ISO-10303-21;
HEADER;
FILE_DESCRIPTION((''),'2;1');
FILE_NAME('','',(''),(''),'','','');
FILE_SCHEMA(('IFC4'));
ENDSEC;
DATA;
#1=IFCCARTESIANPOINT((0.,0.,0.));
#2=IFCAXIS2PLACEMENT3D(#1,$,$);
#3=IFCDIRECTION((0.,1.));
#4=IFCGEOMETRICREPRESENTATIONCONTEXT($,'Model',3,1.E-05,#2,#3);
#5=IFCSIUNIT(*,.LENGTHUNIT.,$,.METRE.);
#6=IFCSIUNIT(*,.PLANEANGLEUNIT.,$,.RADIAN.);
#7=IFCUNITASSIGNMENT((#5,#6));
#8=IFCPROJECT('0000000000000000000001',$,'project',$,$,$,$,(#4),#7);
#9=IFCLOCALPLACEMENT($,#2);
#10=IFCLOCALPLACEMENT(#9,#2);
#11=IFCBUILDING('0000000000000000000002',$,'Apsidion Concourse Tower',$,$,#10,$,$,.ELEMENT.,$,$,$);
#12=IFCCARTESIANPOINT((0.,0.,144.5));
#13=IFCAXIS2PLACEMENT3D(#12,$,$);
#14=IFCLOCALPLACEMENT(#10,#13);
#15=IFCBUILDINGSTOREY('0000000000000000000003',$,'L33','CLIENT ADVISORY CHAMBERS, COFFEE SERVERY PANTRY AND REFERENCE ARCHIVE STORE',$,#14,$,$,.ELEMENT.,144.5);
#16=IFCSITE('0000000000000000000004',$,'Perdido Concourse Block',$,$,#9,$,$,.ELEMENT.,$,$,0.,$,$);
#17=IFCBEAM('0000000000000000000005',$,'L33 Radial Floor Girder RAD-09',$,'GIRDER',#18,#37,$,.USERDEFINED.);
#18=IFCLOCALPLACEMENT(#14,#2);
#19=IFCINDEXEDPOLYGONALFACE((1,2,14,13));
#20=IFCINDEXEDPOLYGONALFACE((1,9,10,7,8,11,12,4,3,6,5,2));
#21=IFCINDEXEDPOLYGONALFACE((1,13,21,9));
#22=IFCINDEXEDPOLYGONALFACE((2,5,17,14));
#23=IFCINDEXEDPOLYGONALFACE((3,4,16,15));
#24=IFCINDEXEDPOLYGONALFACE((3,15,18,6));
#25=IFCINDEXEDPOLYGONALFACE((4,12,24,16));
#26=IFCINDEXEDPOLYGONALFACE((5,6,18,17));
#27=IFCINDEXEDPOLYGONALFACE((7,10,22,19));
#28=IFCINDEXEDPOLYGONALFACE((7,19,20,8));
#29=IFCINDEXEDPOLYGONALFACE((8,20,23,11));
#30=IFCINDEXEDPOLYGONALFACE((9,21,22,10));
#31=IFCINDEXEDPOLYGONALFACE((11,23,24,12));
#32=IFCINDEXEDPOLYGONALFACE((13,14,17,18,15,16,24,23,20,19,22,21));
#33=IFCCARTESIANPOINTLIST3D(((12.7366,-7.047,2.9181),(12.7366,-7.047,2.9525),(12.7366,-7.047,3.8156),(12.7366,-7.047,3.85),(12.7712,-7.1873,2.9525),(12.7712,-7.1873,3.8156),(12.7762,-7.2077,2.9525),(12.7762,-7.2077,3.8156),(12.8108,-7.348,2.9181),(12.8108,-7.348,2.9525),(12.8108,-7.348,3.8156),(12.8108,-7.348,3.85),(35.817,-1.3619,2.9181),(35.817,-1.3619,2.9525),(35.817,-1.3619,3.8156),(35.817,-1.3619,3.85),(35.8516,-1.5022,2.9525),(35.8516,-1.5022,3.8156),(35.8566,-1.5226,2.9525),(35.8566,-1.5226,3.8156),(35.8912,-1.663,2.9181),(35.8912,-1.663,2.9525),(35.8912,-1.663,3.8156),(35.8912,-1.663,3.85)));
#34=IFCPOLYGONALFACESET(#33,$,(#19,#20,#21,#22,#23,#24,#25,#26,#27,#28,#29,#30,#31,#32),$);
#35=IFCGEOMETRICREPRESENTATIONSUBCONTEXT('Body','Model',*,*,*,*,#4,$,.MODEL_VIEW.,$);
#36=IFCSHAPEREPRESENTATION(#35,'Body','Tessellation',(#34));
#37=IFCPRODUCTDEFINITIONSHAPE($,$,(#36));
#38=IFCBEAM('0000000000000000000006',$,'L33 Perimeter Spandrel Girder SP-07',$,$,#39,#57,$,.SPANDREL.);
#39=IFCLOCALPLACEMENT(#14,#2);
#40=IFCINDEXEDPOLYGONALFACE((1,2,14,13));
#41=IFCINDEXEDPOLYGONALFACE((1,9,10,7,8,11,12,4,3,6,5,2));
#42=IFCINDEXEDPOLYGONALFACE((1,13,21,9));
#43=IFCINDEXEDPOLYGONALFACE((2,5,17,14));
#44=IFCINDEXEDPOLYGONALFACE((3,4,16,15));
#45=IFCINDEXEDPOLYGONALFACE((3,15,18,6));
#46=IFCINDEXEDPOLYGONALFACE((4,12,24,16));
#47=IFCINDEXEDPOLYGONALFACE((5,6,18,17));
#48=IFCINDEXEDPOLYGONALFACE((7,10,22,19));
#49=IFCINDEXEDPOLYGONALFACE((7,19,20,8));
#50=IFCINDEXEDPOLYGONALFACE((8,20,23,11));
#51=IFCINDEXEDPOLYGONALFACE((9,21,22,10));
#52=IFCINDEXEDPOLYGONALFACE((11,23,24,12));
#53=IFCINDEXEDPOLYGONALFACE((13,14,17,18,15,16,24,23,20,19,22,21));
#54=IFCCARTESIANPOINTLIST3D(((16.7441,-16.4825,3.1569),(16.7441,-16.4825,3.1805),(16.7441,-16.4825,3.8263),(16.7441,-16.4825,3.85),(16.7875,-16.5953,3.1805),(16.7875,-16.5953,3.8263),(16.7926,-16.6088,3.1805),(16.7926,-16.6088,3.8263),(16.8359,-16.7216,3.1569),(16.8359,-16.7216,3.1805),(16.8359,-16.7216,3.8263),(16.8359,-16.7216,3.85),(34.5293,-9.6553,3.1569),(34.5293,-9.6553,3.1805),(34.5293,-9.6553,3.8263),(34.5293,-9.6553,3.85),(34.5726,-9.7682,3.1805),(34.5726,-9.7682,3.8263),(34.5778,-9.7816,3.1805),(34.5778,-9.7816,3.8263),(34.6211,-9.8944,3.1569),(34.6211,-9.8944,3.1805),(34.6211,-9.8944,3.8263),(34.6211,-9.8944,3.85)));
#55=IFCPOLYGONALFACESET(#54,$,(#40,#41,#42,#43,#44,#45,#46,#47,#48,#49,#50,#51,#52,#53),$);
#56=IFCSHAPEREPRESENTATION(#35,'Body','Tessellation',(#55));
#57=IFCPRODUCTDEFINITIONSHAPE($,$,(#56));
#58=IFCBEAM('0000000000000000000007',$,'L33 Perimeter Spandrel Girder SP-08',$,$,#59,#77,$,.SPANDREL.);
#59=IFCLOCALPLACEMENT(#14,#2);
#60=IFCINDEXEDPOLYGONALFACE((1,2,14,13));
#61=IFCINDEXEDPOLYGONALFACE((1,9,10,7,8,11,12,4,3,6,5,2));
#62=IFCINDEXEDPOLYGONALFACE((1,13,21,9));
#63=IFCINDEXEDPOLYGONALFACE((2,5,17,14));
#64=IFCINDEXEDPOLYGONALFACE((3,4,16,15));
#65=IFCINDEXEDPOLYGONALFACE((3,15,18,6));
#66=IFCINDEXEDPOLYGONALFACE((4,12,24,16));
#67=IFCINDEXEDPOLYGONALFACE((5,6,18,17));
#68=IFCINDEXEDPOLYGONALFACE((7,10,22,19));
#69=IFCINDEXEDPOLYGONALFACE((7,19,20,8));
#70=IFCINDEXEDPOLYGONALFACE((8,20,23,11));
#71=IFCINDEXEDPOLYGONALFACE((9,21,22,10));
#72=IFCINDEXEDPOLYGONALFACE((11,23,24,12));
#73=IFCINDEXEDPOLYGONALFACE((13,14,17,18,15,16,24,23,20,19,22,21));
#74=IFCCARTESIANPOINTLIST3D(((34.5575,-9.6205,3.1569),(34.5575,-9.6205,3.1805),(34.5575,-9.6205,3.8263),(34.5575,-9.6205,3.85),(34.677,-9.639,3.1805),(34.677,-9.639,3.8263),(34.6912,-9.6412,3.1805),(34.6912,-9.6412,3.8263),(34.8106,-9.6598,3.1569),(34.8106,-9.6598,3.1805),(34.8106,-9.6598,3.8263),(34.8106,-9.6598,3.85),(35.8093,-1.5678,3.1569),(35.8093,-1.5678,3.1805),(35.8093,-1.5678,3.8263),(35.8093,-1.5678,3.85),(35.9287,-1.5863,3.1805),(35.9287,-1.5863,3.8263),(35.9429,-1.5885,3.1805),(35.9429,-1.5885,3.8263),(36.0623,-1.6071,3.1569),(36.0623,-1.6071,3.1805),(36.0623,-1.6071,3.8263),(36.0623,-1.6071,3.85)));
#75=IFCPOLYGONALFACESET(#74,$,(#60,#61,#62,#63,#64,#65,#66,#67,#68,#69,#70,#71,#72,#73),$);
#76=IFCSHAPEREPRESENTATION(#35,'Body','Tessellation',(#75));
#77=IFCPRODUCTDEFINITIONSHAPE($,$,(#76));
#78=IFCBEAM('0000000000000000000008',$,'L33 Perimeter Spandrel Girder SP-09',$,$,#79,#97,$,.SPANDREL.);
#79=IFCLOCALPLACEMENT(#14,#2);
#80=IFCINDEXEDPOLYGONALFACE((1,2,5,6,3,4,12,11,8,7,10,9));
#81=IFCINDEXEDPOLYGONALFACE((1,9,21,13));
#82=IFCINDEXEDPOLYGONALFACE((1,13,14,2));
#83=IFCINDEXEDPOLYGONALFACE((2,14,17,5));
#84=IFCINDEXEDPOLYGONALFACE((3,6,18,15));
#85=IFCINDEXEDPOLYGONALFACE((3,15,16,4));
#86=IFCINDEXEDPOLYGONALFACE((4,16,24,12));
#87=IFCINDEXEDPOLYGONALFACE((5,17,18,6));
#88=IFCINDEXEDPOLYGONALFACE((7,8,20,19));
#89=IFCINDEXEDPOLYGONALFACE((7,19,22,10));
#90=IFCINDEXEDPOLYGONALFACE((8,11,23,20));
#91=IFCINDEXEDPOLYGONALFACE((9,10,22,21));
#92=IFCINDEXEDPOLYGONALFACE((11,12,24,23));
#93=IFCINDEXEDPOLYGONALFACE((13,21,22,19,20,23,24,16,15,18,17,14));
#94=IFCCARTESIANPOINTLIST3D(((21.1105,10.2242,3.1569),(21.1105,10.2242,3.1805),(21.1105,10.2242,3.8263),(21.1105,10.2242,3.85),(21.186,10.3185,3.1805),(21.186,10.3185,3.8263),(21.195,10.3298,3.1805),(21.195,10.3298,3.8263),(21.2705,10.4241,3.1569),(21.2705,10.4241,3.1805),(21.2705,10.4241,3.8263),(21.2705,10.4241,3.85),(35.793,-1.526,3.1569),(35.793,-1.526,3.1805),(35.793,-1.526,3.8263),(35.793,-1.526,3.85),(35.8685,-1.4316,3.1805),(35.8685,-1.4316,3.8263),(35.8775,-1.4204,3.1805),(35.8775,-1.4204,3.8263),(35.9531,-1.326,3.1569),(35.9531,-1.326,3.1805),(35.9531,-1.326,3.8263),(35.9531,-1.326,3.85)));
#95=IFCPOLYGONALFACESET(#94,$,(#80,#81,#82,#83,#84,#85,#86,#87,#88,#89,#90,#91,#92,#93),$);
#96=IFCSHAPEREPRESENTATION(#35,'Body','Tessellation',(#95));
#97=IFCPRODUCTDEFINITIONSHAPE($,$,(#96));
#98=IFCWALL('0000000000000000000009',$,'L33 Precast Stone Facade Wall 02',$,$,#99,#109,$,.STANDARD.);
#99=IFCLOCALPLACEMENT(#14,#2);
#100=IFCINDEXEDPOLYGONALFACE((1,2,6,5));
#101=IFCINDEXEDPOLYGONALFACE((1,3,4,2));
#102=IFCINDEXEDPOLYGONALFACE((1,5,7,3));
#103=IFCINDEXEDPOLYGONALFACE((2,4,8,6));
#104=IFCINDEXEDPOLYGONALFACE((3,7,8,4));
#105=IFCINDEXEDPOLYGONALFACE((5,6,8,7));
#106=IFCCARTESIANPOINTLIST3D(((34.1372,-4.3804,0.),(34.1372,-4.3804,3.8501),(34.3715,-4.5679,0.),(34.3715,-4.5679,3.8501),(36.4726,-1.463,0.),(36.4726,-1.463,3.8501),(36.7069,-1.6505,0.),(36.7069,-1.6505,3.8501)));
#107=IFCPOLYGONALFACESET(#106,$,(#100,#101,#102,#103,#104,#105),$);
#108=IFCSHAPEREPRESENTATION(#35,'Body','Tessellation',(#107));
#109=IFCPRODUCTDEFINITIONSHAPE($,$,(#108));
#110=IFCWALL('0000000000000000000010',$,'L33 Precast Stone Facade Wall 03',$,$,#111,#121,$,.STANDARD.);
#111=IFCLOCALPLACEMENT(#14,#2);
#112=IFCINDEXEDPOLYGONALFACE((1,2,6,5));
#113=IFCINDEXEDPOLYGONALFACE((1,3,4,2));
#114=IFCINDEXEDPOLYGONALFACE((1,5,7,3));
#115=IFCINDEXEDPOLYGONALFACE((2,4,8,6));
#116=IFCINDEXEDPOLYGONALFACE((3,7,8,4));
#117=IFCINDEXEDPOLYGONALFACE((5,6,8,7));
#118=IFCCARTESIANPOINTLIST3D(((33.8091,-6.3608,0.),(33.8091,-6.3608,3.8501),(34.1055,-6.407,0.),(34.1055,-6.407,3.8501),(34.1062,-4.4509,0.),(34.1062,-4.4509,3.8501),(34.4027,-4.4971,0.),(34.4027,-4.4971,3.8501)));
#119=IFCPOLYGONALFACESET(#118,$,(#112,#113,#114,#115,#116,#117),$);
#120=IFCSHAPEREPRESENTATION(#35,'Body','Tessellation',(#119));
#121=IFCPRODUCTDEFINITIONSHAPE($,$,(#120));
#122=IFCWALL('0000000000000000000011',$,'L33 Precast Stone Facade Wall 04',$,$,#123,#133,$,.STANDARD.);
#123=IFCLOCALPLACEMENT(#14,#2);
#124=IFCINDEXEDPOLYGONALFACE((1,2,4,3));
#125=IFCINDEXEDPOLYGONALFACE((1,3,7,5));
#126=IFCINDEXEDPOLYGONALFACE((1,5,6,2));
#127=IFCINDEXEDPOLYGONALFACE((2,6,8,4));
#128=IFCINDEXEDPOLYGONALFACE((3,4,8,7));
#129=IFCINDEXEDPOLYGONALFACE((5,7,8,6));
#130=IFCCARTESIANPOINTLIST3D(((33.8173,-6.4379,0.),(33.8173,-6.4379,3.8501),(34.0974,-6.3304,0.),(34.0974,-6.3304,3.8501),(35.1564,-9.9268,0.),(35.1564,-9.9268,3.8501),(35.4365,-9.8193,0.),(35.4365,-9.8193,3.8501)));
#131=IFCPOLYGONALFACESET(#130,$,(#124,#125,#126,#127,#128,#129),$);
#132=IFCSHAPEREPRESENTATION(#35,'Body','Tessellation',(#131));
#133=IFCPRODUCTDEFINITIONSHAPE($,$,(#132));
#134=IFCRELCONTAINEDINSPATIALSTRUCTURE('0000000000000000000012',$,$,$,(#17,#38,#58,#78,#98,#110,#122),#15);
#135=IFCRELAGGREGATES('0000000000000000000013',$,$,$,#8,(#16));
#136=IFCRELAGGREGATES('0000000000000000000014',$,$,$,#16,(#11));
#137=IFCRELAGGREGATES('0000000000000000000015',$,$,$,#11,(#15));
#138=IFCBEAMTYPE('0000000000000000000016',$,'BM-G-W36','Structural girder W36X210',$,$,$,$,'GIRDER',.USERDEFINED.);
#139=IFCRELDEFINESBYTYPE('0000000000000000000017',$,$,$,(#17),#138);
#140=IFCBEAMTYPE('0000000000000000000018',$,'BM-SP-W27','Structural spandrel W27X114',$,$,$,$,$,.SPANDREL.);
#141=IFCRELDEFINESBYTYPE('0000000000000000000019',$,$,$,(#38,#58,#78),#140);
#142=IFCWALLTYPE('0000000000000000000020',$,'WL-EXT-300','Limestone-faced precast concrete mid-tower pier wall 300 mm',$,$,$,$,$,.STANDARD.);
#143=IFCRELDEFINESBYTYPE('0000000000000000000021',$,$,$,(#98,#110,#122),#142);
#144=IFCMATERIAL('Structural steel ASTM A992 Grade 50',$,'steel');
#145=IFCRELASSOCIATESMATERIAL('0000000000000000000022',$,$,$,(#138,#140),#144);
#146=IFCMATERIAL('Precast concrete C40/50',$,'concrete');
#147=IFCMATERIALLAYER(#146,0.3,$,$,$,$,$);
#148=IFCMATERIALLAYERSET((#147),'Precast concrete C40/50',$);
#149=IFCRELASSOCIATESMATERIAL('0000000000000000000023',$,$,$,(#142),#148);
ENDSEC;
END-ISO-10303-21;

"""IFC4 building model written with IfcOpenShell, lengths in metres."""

from ifc_helpers import new_model, si_unit, direction, frame, frame_2d, origin, origin_2d, place, context, subcontext, project, spatial, rectangle, i_section, extrude, material, layer, layer_set, material_profile, profile_set, type_object, element, save


model = new_model("IFC4")

# Units and contexts
model_context = context("Model", 3, precision=1e-05, world=origin(), true_north=direction((0.0, 1.0)))
body_context = subcontext(model_context, "Body", "Model", "MODEL_VIEW")
ifc_project = project(units=[si_unit("LENGTHUNIT", "METRE"), si_unit("PLANEANGLEUNIT", "RADIAN")], contexts=[model_context])

# Site, building, storey
site_placement = place(None, origin())
site = spatial("IfcSite", under=ifc_project, at=site_placement, Name="Perdido Concourse Block", CompositionType="ELEMENT", RefElevation=0.0)
building_placement = place(site_placement, origin())
building = spatial("IfcBuilding", under=site, at=building_placement, Name="Apsidion Concourse Tower", CompositionType="ELEMENT")
storey_placement = place(building_placement, frame((0.0, 0.0, 144.5)))
storey = spatial("IfcBuildingStorey", under=building, at=storey_placement, Name="L33", Description="CLIENT ADVISORY CHAMBERS, COFFEE SERVERY PANTRY AND REFERENCE ARCHIVE STORE", CompositionType="ELEMENT", Elevation=144.5)

# Shared definitions
ifc_material_1 = material(Name="Structural steel ASTM A992 Grade 50", Category="steel")

# Beams
ifc_material_profile_1 = material_profile(ifc_material_1, i_section(OverallWidth=0.3101, OverallDepth=0.9319, WebThickness=0.021, FlangeThickness=0.0344, at=origin_2d()), Name="W36X210")
ifc_profile_set_1 = profile_set([ifc_material_profile_1], Name="Structural steel ASTM A992 Grade 50")
beam_type_1 = type_object("IfcBeamType", Name="BM-G-W36", Description="Structural girder W36X210", ElementType="GIRDER", PredefinedType="USERDEFINED", material=ifc_profile_set_1)
beam_1_placement = place(storey_placement, frame((12.7737, -7.1975, 3.384), z_axis=(0.970978, 0.239168, 0.0), x_axis=(-0.239168, 0.970978, 0.0)))
element("IfcBeam", 1, at=beam_1_placement, inside=storey, type_object=beam_type_1, Name="L33 Radial Floor Girder RAD-09", ObjectType="GIRDER", PredefinedType="USERDEFINED", context=body_context, shape_type="SweptSolid", body=[
    extrude(i_section(OverallWidth=0.3101, OverallDepth=0.9319, WebThickness=0.021, FlangeThickness=0.0344, at=origin_2d()), origin(), (0.0, 0.0, 1.0), 23.7703),
])
ifc_material_profile_2 = material_profile(ifc_material_1, i_section(OverallWidth=0.2561, OverallDepth=0.6931, WebThickness=0.0144, FlangeThickness=0.0237, at=origin_2d()), Name="W27X114")
ifc_profile_set_2 = profile_set([ifc_material_profile_2], Name="Structural steel ASTM A992 Grade 50")
beam_type_2 = type_object("IfcBeamType", Name="BM-SP-W27", Description="Structural spandrel W27X114", PredefinedType="SPANDREL", material=ifc_profile_set_2)
beam_2_placement = place(storey_placement, frame((16.79, -16.6021, 3.5034), z_axis=(0.933579, 0.358371, 0.0), x_axis=(-0.358371, 0.933579, 0.0)))
element("IfcBeam", 2, at=beam_2_placement, inside=storey, type_object=beam_type_2, Name="L33 Perimeter Spandrel Girder SP-07", PredefinedType="SPANDREL", context=body_context, shape_type="SweptSolid", body=[
    extrude(i_section(OverallWidth=0.2561, OverallDepth=0.6931, WebThickness=0.0144, FlangeThickness=0.0237, at=origin_2d()), origin(), (0.0, 0.0, 1.0), 19.0505),
])
beam_3_placement = place(storey_placement, frame((34.6841, -9.6401, 3.5034), z_axis=(0.153595, 0.988134, 0.0), x_axis=(-0.988134, 0.153595, 0.0)))
element("IfcBeam", 3, at=beam_3_placement, inside=storey, type_object=beam_type_2, Name="L33 Perimeter Spandrel Girder SP-08", PredefinedType="SPANDREL", context=body_context, shape_type="SweptSolid", body=[
    extrude(i_section(OverallWidth=0.2561, OverallDepth=0.6931, WebThickness=0.0144, FlangeThickness=0.0237, at=origin_2d()), origin(), (0.0, 0.0, 1.0), 8.1494),
])
beam_4_placement = place(storey_placement, frame((35.873, -1.426, 3.5034), z_axis=(-0.780761, 0.62483, 0.0), x_axis=(-0.62483, -0.780761, 0.0)))
element("IfcBeam", 4, at=beam_4_placement, inside=storey, type_object=beam_type_2, Name="L33 Perimeter Spandrel Girder SP-09", PredefinedType="SPANDREL", context=body_context, shape_type="SweptSolid", body=[
    extrude(i_section(OverallWidth=0.2561, OverallDepth=0.6931, WebThickness=0.0144, FlangeThickness=0.0237, at=origin_2d()), origin(), (0.0, 0.0, 1.0), 18.8054),
])

# Walls
ifc_material_2 = material(Name="Precast concrete C40/50", Category="concrete")
ifc_layer_1 = layer(ifc_material_2, 0.3)
ifc_layer_set_1 = layer_set([ifc_layer_1], Name="Precast concrete C40/50")
wall_type_1 = type_object("IfcWallType", Name="WL-EXT-300", Description="Limestone-faced precast concrete mid-tower pier wall 300 mm", PredefinedType="STANDARD", material=ifc_layer_set_1)
wall_1_placement = place(storey_placement, frame((36.5898, -1.5566, 0.0), z_axis=(0.0, 0.0, 1.0), x_axis=(-0.624934, -0.780678, 0.0)))
element("IfcWall", 5, at=wall_1_placement, inside=storey, type_object=wall_type_1, Name="L33 Precast Stone Facade Wall 02", PredefinedType="STANDARD", context=body_context, shape_type="SweptSolid", body=[
    extrude(rectangle(XDim=3.7371, YDim=0.3, at=frame_2d((1.8687, 0.0))), origin(), (0.0, 0.0, 1.0), 3.8501),
])
wall_2_placement = place(storey_placement, frame((34.2544, -4.4741, 0.0), z_axis=(0.0, 0.0, 1.0), x_axis=(-0.153718, -0.988115, 0.0)))
element("IfcWall", 6, at=wall_2_placement, inside=storey, type_object=wall_type_1, Name="L33 Precast Stone Facade Wall 03", PredefinedType="STANDARD", context=body_context, shape_type="SweptSolid", body=[
    extrude(rectangle(XDim=1.9329, YDim=0.3, at=frame_2d((0.9663, 0.0))), origin(), (0.0, 0.0, 1.0), 3.8501),
])
wall_3_placement = place(storey_placement, frame((33.9573, -6.384, 0.0), z_axis=(0.0, 0.0, 1.0), x_axis=(0.358344, -0.93359, 0.0)))
element("IfcWall", 7, at=wall_3_placement, inside=storey, type_object=wall_type_1, Name="L33 Precast Stone Facade Wall 04", PredefinedType="STANDARD", context=body_context, shape_type="SweptSolid", body=[
    extrude(rectangle(XDim=3.7371, YDim=0.3, at=frame_2d((1.8687, 0.0))), origin(), (0.0, 0.0, 1.0), 3.8501),
])

save(model, "model.ifc")
